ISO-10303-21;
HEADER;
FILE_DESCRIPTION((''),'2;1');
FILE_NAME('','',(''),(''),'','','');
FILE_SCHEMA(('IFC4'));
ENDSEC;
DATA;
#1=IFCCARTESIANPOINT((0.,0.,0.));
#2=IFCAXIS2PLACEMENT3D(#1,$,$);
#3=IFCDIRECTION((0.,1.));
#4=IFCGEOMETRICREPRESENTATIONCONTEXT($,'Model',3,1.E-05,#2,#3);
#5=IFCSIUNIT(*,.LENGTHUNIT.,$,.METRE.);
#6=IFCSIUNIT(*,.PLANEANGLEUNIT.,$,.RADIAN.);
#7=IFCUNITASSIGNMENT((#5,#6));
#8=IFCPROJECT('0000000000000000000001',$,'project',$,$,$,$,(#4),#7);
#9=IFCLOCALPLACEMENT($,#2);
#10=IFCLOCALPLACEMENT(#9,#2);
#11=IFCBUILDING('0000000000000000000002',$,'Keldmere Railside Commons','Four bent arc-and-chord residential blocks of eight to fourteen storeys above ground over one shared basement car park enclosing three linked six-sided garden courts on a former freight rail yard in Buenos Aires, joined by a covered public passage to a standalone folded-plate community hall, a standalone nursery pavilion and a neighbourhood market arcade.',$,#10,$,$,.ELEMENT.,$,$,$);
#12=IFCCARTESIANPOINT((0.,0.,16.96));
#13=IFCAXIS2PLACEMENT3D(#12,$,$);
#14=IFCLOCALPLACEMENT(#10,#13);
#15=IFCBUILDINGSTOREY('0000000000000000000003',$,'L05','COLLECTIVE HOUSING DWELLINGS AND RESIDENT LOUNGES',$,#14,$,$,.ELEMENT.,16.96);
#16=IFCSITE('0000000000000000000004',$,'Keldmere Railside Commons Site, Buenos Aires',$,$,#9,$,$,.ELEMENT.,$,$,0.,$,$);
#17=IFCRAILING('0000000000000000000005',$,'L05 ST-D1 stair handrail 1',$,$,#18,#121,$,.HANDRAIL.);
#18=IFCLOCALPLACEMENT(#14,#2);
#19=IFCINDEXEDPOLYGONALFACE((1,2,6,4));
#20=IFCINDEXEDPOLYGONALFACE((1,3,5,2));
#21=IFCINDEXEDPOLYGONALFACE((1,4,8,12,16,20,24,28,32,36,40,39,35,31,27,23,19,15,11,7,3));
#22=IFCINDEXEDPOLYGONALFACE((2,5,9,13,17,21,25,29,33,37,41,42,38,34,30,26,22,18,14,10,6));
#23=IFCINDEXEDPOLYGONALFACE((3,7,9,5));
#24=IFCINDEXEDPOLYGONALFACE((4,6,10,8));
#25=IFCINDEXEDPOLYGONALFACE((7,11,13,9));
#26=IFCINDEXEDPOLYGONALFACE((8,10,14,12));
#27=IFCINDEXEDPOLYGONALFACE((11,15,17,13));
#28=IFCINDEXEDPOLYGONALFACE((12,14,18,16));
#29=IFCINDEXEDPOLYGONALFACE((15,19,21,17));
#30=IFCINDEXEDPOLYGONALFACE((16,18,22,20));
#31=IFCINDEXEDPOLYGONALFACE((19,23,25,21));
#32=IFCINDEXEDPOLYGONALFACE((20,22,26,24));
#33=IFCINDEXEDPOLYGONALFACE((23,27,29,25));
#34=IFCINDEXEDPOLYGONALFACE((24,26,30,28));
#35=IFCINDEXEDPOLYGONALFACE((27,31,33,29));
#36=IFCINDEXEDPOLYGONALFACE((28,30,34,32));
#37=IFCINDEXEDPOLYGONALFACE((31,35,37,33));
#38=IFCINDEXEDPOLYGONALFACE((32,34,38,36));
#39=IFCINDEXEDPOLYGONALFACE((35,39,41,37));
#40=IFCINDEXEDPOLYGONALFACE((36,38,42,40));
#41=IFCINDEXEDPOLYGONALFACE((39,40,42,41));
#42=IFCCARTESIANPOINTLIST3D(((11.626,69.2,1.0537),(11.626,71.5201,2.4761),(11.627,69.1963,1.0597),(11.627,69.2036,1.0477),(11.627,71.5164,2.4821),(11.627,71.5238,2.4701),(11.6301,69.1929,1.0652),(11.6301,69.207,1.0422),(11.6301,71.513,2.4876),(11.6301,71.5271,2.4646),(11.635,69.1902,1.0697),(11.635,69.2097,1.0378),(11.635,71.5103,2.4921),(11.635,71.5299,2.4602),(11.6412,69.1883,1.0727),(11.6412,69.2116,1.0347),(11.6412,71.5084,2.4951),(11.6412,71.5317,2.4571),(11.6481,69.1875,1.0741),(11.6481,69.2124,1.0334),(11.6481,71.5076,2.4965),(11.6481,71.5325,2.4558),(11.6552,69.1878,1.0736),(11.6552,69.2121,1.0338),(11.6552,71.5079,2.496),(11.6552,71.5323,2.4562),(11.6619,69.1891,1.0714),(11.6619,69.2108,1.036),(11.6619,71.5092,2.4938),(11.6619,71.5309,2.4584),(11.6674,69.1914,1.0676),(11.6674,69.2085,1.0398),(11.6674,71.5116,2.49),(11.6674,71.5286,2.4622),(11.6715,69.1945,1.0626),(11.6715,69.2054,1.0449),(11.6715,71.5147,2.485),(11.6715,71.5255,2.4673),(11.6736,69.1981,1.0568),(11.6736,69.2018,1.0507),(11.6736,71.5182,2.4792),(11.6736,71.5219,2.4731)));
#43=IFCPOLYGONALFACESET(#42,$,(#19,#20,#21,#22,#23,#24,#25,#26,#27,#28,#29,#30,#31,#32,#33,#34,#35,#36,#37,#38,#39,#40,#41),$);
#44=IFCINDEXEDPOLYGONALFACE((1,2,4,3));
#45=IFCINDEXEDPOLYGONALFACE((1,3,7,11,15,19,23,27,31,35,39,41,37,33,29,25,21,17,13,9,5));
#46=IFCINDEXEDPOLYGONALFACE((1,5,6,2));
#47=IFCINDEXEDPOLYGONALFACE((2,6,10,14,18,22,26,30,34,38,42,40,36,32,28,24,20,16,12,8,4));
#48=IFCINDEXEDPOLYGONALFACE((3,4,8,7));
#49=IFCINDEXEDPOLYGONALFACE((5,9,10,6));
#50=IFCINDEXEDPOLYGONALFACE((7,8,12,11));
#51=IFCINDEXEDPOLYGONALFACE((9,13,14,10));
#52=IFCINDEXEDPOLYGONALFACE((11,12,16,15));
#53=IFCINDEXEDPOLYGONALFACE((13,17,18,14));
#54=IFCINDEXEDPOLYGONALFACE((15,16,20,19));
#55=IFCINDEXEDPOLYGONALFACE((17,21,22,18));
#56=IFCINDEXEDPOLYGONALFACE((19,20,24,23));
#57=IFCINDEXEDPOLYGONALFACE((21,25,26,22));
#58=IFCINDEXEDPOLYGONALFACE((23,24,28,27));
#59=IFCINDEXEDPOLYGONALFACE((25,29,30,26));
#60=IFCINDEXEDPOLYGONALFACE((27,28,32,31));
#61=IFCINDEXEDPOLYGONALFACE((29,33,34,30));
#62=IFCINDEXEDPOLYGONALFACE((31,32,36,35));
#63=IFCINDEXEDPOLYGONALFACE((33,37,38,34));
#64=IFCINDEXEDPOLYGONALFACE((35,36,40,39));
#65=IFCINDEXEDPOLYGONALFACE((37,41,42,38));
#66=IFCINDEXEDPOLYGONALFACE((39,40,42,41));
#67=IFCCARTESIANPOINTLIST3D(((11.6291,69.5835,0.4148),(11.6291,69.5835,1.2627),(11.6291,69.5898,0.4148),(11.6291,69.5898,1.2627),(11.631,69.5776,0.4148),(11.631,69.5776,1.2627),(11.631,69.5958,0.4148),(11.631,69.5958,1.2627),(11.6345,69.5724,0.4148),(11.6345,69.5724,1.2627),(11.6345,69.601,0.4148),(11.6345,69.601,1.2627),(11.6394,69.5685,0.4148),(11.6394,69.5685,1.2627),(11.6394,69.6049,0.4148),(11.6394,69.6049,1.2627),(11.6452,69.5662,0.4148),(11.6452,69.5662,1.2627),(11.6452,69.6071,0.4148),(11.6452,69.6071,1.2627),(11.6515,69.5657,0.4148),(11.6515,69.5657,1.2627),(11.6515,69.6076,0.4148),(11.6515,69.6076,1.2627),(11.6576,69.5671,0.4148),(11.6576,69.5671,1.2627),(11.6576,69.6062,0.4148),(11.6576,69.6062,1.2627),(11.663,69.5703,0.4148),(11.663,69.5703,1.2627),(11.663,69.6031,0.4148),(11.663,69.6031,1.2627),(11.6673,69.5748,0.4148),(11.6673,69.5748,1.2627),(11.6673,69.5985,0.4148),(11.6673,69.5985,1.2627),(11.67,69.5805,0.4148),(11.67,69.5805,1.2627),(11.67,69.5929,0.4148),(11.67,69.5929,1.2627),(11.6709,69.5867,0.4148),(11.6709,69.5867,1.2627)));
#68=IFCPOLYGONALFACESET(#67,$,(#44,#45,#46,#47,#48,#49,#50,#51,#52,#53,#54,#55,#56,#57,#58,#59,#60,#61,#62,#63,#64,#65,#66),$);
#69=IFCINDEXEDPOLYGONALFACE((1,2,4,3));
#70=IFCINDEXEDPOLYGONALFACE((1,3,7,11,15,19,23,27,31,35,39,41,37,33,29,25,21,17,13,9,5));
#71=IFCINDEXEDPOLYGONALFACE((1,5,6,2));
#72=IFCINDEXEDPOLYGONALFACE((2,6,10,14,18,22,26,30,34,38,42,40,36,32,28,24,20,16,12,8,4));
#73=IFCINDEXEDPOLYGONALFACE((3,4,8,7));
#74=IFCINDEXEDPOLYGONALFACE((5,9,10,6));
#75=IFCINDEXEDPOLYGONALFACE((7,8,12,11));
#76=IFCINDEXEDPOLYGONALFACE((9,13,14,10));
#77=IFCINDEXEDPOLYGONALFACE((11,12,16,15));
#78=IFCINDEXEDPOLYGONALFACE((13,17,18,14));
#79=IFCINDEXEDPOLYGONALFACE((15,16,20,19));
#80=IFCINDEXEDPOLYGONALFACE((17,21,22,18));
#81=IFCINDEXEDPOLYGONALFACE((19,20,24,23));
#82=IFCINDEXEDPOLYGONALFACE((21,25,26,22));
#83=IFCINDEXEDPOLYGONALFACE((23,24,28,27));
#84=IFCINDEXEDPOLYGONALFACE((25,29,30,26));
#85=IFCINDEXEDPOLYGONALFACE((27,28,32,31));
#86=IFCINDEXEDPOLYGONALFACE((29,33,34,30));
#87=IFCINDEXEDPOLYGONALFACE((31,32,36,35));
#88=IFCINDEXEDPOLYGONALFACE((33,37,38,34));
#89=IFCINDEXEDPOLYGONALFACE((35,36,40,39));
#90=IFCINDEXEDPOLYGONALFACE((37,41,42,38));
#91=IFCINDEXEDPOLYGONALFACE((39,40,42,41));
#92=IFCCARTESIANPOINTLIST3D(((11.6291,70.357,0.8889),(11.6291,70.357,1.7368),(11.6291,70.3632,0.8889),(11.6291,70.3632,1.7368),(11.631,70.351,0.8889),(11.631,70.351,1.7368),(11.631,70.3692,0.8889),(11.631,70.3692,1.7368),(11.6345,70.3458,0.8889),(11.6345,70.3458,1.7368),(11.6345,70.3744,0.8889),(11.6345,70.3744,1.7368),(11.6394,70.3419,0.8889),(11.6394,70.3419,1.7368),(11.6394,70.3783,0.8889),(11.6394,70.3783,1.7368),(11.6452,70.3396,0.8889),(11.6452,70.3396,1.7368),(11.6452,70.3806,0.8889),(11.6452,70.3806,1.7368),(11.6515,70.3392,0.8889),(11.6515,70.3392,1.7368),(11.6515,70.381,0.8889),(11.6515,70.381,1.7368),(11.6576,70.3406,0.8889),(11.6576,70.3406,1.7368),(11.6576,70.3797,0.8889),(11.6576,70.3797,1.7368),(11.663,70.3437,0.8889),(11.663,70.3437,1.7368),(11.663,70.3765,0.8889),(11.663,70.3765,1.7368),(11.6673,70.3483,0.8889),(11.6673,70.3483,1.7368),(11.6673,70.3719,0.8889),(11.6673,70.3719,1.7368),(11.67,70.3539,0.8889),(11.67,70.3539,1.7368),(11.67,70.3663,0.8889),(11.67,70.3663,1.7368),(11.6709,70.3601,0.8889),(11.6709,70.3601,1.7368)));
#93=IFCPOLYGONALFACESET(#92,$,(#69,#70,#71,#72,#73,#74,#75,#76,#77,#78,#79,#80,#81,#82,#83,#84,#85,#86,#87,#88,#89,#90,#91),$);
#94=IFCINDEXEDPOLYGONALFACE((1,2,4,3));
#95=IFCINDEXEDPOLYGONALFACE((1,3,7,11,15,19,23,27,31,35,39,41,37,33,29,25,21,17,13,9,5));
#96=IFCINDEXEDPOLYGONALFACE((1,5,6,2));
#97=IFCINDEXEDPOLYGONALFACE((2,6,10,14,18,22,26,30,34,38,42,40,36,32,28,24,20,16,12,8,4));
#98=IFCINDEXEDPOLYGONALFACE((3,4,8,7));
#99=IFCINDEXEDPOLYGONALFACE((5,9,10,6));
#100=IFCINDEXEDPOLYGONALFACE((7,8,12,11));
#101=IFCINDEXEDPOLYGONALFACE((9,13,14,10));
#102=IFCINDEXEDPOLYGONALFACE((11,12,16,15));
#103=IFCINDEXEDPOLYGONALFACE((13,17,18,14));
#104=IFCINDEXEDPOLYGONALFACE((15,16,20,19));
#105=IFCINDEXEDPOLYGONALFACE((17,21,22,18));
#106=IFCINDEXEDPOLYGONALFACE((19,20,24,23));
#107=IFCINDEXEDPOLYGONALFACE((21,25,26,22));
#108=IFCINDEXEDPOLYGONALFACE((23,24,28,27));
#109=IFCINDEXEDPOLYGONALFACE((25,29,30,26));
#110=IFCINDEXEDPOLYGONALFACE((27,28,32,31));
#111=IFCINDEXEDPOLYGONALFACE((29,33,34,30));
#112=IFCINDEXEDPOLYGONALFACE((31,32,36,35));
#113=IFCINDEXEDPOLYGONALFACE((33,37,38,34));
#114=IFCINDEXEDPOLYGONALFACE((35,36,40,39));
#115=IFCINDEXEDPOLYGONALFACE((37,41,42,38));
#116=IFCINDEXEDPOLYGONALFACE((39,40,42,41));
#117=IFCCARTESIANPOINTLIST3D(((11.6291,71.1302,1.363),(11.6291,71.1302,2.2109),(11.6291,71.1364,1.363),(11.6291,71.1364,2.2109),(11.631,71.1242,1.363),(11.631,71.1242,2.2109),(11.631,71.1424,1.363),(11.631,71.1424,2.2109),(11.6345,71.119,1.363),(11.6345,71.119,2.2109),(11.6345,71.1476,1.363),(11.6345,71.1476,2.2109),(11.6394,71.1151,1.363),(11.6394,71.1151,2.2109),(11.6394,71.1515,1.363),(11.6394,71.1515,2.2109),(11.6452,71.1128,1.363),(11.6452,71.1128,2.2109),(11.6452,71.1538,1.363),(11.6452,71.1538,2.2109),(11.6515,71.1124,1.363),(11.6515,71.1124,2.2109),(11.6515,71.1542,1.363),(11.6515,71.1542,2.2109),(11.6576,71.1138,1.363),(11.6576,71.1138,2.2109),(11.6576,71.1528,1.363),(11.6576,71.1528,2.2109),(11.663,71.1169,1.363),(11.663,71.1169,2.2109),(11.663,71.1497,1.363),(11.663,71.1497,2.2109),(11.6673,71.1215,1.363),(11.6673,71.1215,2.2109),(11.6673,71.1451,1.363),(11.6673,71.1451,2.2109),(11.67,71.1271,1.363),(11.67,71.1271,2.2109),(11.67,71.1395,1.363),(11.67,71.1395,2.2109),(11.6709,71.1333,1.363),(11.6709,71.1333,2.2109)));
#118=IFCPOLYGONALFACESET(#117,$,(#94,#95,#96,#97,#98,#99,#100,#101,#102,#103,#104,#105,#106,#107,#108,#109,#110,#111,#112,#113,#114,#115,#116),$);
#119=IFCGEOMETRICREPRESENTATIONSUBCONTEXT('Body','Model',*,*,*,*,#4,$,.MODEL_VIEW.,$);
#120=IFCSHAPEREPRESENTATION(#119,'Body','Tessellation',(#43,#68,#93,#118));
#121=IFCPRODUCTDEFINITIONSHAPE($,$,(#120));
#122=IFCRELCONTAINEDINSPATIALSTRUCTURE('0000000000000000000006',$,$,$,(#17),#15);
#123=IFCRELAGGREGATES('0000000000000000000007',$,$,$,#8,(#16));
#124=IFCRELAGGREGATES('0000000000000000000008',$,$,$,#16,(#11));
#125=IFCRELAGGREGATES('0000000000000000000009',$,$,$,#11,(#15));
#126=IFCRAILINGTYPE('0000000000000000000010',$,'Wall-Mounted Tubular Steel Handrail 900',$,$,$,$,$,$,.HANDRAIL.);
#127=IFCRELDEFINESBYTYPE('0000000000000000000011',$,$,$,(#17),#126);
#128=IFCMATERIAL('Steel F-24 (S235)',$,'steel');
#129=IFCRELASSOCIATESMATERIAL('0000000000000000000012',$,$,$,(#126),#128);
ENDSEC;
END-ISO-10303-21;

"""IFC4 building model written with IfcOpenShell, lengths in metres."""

from ifc_helpers import new_model, si_unit, direction, frame, origin, origin_2d, place, context, subcontext, project, spatial, circle, extrude, material, type_object, element, save


model = new_model("IFC4")

# Units and contexts
model_context = context("Model", 3, precision=1e-05, world=origin(), true_north=direction((0.0, 1.0)))
body_context = subcontext(model_context, "Body", "Model", "MODEL_VIEW")
ifc_project = project(units=[si_unit("LENGTHUNIT", "METRE"), si_unit("PLANEANGLEUNIT", "RADIAN")], contexts=[model_context])

# Site, building, storey
site_placement = place(None, origin())
site = spatial("IfcSite", under=ifc_project, at=site_placement, Name="Keldmere Railside Commons Site, Buenos Aires", CompositionType="ELEMENT", RefElevation=0.0)
building_placement = place(site_placement, origin())
building = spatial("IfcBuilding", under=site, at=building_placement, Name="Keldmere Railside Commons", Description="Four bent arc-and-chord residential blocks of eight to fourteen storeys above ground over one shared basement car park enclosing three linked six-sided garden courts on a former freight rail yard in Buenos Aires, joined by a covered public passage to a standalone folded-plate community hall, a standalone nursery pavilion and a neighbourhood market arcade.", CompositionType="ELEMENT")
storey_placement = place(building_placement, frame((0.0, 0.0, 16.96)))
storey = spatial("IfcBuildingStorey", under=building, at=storey_placement, Name="L05", Description="COLLECTIVE HOUSING DWELLINGS AND RESIDENT LOUNGES", CompositionType="ELEMENT", Elevation=16.96)

# Railing
ifc_material_1 = material(Name="Steel F-24 (S235)", Category="steel")
railing_type_1 = type_object("IfcRailingType", Name="Wall-Mounted Tubular Steel Handrail 900", PredefinedType="HANDRAIL", material=ifc_material_1)
railing_1_placement = place(storey_placement, frame((11.6499, 69.2, 0.1777)))
element("IfcRailing", 1, at=railing_1_placement, inside=storey, type_object=railing_type_1, Name="L05 ST-D1 stair handrail 1", PredefinedType="HANDRAIL", context=body_context, shape_type="SweptSolid", body=[
    extrude(circle(Radius=0.0239, at=origin_2d()), frame((0.0, 0.0, 0.876), z_axis=(0.0, 0.852538, 0.522665), x_axis=(-1.0, 0.0, 0.0)), (0.0, 0.0, 1.0), 2.7214),
    extrude(circle(Radius=0.021, at=origin_2d()), frame((0.0, 0.3867, 0.2371)), (0.0, 0.0, 1.0), 0.8479),
    extrude(circle(Radius=0.021, at=origin_2d()), frame((0.0, 1.1602, 0.7112)), (0.0, 0.0, 1.0), 0.8479),
    extrude(circle(Radius=0.021, at=origin_2d()), frame((0.0, 1.9333, 1.1853)), (0.0, 0.0, 1.0), 0.8479),
])

save(model, "model.ifc")
